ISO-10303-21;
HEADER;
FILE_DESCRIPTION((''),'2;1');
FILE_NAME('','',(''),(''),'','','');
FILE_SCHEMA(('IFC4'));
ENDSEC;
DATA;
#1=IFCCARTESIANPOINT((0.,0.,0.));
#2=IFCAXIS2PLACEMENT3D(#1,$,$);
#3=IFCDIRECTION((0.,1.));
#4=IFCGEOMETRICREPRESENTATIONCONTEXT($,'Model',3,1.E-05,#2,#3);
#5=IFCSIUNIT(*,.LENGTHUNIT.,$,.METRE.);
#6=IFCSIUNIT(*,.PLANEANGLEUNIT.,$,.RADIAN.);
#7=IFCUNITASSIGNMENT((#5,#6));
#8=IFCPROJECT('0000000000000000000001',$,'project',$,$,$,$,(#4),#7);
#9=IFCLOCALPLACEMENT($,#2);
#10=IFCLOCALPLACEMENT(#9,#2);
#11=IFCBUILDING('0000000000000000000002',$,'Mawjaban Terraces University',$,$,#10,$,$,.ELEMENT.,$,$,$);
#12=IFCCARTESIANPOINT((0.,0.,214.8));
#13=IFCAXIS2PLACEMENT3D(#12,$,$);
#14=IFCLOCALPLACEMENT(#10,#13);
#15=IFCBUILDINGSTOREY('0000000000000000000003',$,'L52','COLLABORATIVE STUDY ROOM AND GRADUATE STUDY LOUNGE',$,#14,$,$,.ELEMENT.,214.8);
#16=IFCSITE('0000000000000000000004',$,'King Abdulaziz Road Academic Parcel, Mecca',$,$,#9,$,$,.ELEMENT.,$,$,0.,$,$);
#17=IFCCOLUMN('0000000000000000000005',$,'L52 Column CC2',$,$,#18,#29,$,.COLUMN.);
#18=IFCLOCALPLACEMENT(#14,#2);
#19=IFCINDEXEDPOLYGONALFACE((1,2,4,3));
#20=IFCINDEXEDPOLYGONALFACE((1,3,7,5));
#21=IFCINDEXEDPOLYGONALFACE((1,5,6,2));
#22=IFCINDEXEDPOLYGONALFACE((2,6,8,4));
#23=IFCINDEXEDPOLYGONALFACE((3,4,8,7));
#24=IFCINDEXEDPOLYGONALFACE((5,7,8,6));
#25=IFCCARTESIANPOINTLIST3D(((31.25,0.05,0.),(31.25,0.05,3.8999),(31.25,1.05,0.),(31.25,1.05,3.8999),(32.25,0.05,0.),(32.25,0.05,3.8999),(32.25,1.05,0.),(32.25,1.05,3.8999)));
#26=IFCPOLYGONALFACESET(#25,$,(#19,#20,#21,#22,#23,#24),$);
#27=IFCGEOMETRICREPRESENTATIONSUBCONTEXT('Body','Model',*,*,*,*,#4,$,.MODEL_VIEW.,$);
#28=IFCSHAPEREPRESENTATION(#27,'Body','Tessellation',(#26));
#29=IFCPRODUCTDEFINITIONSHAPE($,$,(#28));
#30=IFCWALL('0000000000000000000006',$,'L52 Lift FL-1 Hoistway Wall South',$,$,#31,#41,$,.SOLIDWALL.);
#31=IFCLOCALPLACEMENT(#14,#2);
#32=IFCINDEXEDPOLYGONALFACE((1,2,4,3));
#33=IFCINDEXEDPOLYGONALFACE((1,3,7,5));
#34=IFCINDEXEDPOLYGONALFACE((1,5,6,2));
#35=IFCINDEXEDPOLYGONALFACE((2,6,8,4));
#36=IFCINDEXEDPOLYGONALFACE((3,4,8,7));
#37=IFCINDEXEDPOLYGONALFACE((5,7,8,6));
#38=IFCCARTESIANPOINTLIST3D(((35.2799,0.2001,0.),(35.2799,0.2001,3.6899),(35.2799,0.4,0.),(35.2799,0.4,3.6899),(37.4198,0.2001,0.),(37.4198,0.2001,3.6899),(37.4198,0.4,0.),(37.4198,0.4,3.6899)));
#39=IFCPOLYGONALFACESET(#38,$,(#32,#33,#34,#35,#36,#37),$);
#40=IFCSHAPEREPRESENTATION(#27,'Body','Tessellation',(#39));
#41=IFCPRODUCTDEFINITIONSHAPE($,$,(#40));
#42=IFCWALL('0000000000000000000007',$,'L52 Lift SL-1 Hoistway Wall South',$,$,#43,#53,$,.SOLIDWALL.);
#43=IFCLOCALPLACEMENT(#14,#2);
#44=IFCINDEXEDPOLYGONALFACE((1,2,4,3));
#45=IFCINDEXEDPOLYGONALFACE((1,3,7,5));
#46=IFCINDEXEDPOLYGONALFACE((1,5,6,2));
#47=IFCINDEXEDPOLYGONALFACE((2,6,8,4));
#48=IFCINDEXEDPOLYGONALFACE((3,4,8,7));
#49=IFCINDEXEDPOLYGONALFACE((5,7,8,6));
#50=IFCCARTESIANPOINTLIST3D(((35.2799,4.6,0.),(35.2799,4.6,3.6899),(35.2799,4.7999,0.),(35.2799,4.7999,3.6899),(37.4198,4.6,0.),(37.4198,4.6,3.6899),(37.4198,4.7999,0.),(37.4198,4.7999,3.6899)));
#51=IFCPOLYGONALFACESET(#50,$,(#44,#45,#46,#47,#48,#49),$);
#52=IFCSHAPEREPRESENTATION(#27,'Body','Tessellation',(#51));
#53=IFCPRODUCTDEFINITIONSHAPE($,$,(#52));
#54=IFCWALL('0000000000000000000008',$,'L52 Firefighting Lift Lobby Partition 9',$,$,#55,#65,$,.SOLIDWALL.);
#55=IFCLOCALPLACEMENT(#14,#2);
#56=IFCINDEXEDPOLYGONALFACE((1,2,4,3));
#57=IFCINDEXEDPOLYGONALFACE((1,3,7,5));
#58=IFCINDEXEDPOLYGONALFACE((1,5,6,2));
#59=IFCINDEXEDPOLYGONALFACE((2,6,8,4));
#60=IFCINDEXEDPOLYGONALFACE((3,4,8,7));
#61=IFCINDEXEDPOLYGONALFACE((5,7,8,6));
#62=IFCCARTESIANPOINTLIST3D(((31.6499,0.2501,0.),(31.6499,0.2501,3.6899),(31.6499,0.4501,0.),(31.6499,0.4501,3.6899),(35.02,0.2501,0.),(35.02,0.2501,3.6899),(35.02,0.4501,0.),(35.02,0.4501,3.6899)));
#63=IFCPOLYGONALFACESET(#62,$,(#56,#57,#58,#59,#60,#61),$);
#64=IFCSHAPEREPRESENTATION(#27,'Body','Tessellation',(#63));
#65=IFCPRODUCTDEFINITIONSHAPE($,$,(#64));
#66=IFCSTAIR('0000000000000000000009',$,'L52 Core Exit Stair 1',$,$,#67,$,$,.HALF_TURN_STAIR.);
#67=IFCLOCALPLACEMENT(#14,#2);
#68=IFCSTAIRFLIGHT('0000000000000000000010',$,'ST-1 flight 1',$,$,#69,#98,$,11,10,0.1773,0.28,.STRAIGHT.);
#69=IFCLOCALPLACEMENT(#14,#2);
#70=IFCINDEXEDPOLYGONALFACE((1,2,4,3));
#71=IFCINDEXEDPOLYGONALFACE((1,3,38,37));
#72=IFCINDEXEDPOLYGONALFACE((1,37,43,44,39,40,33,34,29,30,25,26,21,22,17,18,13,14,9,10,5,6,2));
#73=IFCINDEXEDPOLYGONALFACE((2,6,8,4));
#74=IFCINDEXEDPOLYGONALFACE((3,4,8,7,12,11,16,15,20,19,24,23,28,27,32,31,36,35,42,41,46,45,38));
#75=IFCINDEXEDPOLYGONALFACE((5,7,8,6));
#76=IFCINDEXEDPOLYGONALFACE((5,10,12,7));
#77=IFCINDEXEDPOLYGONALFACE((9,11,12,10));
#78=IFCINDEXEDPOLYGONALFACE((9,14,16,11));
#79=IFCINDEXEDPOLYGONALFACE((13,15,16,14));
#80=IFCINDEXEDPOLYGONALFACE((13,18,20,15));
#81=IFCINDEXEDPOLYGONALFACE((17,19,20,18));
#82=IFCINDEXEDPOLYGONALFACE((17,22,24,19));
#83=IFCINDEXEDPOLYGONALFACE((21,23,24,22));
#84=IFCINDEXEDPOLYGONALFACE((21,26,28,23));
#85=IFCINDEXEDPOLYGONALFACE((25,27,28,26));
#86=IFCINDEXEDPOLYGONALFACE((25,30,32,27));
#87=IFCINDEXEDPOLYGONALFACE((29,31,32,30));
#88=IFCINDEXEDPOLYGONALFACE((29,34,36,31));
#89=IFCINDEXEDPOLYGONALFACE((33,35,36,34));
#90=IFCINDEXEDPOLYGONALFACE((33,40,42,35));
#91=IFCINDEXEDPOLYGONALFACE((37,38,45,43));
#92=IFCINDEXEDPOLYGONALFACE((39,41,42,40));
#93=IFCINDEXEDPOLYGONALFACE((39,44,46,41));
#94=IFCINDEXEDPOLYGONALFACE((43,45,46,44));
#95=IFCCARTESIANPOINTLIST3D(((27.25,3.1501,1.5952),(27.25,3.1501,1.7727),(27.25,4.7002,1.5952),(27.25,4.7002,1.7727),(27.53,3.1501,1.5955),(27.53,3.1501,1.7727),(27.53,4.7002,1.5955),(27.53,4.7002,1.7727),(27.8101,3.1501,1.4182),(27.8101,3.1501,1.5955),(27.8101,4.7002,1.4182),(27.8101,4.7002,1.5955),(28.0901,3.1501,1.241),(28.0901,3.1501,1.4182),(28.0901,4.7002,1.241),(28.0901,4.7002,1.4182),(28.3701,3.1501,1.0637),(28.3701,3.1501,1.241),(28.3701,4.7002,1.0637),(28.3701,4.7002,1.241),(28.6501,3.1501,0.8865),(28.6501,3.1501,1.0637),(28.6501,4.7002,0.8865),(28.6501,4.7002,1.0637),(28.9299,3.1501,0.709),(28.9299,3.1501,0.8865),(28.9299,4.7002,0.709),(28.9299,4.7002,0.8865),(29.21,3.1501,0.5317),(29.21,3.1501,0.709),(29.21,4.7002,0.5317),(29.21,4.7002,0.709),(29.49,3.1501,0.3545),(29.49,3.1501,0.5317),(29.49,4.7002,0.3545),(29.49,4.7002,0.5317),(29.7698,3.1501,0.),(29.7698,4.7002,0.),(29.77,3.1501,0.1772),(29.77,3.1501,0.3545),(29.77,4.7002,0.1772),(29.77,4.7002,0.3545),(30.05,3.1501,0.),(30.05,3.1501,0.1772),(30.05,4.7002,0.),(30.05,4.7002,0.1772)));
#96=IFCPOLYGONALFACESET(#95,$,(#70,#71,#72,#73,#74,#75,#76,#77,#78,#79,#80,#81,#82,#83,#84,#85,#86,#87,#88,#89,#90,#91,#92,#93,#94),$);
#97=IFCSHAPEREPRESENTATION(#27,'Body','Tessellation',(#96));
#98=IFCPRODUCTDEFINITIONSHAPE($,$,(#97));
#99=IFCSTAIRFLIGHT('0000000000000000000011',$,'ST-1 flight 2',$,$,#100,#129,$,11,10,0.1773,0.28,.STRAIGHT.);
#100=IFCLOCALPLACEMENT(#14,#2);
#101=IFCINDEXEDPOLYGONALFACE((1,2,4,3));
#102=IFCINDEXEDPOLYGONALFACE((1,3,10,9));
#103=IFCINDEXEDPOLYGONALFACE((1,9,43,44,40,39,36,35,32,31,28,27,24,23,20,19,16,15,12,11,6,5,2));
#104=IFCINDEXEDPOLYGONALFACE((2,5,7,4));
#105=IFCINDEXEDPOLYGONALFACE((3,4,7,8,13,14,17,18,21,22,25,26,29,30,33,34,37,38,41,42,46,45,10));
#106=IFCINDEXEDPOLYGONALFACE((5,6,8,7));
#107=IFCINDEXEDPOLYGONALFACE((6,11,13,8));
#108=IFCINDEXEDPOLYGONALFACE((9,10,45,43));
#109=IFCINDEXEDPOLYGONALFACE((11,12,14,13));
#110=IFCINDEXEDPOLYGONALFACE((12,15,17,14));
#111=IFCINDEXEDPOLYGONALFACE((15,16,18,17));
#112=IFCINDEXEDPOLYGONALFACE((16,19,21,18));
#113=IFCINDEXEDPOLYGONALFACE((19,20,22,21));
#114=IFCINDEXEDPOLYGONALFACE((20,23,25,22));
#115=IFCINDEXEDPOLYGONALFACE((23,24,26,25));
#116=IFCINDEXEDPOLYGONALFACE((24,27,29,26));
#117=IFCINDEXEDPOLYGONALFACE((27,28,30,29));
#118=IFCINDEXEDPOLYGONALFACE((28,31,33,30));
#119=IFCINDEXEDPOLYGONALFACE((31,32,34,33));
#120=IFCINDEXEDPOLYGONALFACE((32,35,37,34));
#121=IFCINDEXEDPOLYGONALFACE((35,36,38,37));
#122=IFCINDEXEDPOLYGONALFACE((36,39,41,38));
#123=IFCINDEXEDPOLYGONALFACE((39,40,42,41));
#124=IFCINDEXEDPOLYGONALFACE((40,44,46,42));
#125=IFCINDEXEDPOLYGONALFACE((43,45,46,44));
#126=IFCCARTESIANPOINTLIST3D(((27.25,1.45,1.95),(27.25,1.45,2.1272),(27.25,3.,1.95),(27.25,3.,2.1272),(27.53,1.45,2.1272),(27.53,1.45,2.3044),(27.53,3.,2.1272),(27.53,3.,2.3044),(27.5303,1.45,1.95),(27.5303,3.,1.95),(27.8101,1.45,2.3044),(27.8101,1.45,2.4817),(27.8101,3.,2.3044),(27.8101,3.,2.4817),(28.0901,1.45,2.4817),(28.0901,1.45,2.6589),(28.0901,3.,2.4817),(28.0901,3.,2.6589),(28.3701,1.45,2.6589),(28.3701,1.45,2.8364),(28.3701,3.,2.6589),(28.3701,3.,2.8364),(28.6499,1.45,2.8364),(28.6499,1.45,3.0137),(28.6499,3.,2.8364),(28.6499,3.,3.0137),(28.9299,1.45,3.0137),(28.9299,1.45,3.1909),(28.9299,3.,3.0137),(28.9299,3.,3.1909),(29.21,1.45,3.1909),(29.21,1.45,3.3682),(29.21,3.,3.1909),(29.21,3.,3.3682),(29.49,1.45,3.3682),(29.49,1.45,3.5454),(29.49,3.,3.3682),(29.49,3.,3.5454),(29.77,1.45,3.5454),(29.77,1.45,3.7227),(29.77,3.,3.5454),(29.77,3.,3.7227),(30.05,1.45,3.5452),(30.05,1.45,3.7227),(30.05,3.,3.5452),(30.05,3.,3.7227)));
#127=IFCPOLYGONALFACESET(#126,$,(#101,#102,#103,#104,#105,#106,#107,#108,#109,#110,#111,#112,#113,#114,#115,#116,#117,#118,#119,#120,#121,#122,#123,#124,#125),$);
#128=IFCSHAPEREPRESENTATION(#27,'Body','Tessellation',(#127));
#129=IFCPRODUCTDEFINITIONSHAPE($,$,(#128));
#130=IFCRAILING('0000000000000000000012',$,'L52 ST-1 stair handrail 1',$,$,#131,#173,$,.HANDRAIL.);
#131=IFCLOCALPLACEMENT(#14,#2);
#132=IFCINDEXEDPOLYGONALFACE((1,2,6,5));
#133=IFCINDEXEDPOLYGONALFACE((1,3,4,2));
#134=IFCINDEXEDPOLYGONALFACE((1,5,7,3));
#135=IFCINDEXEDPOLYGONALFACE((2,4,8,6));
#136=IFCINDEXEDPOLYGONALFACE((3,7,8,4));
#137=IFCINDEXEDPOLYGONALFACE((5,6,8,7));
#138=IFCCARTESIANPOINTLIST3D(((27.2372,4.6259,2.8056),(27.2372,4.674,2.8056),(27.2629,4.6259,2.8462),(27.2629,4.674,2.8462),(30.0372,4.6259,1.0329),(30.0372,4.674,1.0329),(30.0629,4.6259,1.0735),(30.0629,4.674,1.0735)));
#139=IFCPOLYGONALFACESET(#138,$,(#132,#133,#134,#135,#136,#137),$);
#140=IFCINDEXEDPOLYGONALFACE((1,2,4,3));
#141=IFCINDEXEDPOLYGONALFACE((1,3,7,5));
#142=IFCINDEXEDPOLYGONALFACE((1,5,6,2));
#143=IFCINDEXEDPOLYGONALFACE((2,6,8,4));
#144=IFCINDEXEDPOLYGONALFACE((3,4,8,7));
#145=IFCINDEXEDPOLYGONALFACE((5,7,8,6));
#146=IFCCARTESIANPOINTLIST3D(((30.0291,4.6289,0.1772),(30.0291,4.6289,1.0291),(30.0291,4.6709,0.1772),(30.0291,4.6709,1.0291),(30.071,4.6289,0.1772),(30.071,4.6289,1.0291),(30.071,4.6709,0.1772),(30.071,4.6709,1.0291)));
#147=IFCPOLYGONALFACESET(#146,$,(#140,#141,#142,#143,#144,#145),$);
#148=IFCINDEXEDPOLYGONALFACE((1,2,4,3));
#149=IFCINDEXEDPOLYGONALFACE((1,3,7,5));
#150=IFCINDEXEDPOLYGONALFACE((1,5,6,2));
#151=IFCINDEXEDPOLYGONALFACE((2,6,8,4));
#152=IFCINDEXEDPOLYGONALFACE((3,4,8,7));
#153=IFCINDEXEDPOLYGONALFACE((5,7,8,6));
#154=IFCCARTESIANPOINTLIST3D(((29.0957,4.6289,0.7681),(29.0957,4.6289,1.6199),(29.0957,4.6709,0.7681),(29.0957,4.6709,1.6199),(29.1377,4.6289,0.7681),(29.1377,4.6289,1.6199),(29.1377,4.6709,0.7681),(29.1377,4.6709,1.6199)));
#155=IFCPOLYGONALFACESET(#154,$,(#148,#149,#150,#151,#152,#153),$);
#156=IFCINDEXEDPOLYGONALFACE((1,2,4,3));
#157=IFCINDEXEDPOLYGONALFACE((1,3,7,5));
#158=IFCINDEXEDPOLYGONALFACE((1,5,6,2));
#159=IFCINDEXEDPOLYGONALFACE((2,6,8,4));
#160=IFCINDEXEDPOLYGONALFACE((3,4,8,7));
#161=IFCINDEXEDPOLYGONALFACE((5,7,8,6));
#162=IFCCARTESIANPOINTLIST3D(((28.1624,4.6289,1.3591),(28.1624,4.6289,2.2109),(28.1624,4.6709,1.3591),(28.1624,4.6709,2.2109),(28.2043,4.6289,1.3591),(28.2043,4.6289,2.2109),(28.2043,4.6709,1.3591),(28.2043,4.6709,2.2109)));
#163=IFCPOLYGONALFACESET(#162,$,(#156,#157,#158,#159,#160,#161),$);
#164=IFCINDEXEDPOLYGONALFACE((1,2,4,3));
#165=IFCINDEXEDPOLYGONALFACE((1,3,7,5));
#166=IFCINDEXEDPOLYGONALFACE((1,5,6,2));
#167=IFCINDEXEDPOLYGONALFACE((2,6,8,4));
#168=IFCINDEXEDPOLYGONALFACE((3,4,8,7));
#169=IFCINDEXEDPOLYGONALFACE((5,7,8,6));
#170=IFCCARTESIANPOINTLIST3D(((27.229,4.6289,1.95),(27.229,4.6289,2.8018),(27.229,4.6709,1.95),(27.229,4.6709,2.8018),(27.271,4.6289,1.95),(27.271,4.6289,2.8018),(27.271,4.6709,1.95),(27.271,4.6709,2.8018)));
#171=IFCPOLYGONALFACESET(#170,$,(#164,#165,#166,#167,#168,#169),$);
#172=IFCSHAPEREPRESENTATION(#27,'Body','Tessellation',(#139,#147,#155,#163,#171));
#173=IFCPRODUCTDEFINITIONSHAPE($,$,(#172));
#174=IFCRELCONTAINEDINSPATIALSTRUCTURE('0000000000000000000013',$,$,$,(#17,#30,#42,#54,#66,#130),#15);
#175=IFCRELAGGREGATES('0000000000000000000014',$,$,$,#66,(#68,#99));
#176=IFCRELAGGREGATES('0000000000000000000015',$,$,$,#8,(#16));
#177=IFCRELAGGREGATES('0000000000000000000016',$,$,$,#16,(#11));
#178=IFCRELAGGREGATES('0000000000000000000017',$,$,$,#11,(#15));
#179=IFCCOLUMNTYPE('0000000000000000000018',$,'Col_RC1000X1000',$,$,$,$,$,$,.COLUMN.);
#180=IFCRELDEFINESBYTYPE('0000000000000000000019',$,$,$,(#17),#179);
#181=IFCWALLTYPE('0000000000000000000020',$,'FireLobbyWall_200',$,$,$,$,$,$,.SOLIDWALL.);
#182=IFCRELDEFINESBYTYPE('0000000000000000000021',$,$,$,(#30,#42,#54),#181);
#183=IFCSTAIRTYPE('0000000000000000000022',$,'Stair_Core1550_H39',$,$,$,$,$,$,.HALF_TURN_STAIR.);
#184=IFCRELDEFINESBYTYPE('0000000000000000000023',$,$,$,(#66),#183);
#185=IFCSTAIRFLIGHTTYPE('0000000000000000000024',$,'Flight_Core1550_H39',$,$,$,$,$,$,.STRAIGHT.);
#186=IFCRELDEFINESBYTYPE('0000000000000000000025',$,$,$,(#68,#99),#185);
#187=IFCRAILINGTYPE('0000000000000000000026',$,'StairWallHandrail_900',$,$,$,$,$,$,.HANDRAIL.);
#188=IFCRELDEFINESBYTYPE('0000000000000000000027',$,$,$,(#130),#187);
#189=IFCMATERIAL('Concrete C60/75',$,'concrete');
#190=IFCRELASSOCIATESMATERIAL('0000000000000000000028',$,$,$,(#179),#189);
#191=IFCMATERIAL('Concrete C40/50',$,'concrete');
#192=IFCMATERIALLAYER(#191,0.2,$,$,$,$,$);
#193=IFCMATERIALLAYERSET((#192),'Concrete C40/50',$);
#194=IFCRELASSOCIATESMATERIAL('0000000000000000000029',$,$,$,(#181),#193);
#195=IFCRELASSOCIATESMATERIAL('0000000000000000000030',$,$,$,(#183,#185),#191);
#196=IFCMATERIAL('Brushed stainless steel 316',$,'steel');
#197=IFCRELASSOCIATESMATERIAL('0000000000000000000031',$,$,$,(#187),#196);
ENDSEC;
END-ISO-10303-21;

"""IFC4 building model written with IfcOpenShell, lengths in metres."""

from ifc_helpers import new_model, si_unit, direction, frame, frame_2d, origin, origin_2d, place, context, subcontext, project, spatial, polyline, rectangle, outline, extrude, material, layer, layer_set, material_profile, profile_set, type_object, element, aggregate, save


model = new_model("IFC4")

# Units and contexts
model_context = context("Model", 3, precision=1e-05, world=origin(), true_north=direction((0.0, 1.0)))
body_context = subcontext(model_context, "Body", "Model", "MODEL_VIEW")
ifc_project = project(units=[si_unit("LENGTHUNIT", "METRE"), si_unit("PLANEANGLEUNIT", "RADIAN")], contexts=[model_context])

# Site, building, storey
site_placement = place(None, origin())
site = spatial("IfcSite", under=ifc_project, at=site_placement, Name="King Abdulaziz Road Academic Parcel, Mecca", CompositionType="ELEMENT", RefElevation=0.0)
building_placement = place(site_placement, origin())
building = spatial("IfcBuilding", under=site, at=building_placement, Name="Mawjaban Terraces University", CompositionType="ELEMENT")
storey_placement = place(building_placement, frame((0.0, 0.0, 214.8)))
storey = spatial("IfcBuildingStorey", under=building, at=storey_placement, Name="L52", Description="COLLABORATIVE STUDY ROOM AND GRADUATE STUDY LOUNGE", CompositionType="ELEMENT", Elevation=214.8)

# Column
ifc_material_1 = material(Name="Concrete C60/75", Category="concrete")
ifc_material_profile = material_profile(ifc_material_1, rectangle(XDim=1.0, YDim=1.0, at=origin_2d()), Name="RC1000X1000")
ifc_profile_set = profile_set([ifc_material_profile], Name="Concrete C60/75")
column_type = type_object("IfcColumnType", Name="Col_RC1000X1000", PredefinedType="COLUMN", material=ifc_profile_set)
column_placement = place(storey_placement, frame((31.75, 0.55, 0.0), z_axis=(0.0, 0.0, 1.0), x_axis=(1.0, 0.0, 0.0)))
element("IfcColumn", 1, at=column_placement, inside=storey, type_object=column_type, Name="L52 Column CC2", PredefinedType="COLUMN", context=body_context, shape_type="SweptSolid", body=[
    extrude(rectangle(XDim=1.0, YDim=1.0, at=origin_2d()), origin(), (0.0, 0.0, 1.0), 3.8999),
])

# Shared definitions
ifc_material_2 = material(Name="Concrete C40/50", Category="concrete")
ifc_layer_1 = layer(ifc_material_2, 0.2)
ifc_layer_set_1 = layer_set([ifc_layer_1], Name="Concrete C40/50")
wall_type_1 = type_object("IfcWallType", Name="FireLobbyWall_200", PredefinedType="SOLIDWALL", material=ifc_layer_set_1)

# Wall
wall_1_placement = place(storey_placement, frame((35.28, 0.3, 0.0), z_axis=(0.0, 0.0, 1.0), x_axis=(1.0, 0.0, 0.0)))
element("IfcWall", 2, at=wall_1_placement, inside=storey, type_object=wall_type_1, Name="L52 Lift FL-1 Hoistway Wall South", PredefinedType="SOLIDWALL", context=body_context, shape_type="SweptSolid", body=[
    extrude(rectangle(XDim=2.1399, YDim=0.2, at=frame_2d((1.0698, 0.0))), origin(), (0.0, 0.0, 1.0), 3.6899),
])

# Walls
wall_2_placement = place(storey_placement, frame((35.28, 4.7, 0.0), z_axis=(0.0, 0.0, 1.0), x_axis=(1.0, 0.0, 0.0)))
element("IfcWall", 3, at=wall_2_placement, inside=storey, type_object=wall_type_1, Name="L52 Lift SL-1 Hoistway Wall South", PredefinedType="SOLIDWALL", context=body_context, shape_type="SweptSolid", body=[
    extrude(rectangle(XDim=2.1399, YDim=0.2, at=frame_2d((1.0698, 0.0))), origin(), (0.0, 0.0, 1.0), 3.6899),
])
wall_3_placement = place(storey_placement, frame((31.6499, 0.3501, 0.0), z_axis=(0.0, 0.0, 1.0), x_axis=(1.0, 0.0, 0.0)))
element("IfcWall", 4, at=wall_3_placement, inside=storey, type_object=wall_type_1, Name="L52 Firefighting Lift Lobby Partition 9", PredefinedType="SOLIDWALL", context=body_context, shape_type="SweptSolid", body=[
    extrude(rectangle(XDim=3.3701, YDim=0.2, at=frame_2d((1.6851, 0.0))), origin(), (0.0, 0.0, 1.0), 3.6899),
])

# Stair, stair flights
stair_type = type_object("IfcStairType", Name="Stair_Core1550_H39", PredefinedType="HALF_TURN_STAIR", material=ifc_material_2)
stair_placement = place(storey_placement, origin())
stair = element("IfcStair", 5, at=stair_placement, inside=storey, type_object=stair_type, Name="L52 Core Exit Stair 1", PredefinedType="HALF_TURN_STAIR")
stair_flight_type = type_object("IfcStairFlightType", Name="Flight_Core1550_H39", PredefinedType="STRAIGHT", material=ifc_material_2)
stair_flight_1_placement = place(storey_placement, frame((30.05, 3.925, 0.0), z_axis=(0.0, 0.0, 1.0), x_axis=(-1.0, 0.0, 0.0)))
stair_flight_1 = element("IfcStairFlight", 6, at=stair_flight_1_placement, type_object=stair_flight_type, Name="ST-1 flight 1", NumberOfRisers=11, NumberOfTreads=10, PredefinedType="STRAIGHT", RiserHeight=0.1773, TreadLength=0.28, context=body_context, shape_type="SweptSolid", body=[
    extrude(outline(polyline([(0.0, 0.0), (0.0, 0.1772), (0.28, 0.1772), (0.28, 0.3545), (0.5601, 0.3545), (0.5601, 0.5317), (0.8401, 0.5317), (0.8401, 0.709), (1.1201, 0.709), (1.1201, 0.8865), (1.3999, 0.8865), (1.3999, 1.0637), (1.6799, 1.0637), (1.6799, 1.241), (1.96, 1.241), (1.96, 1.4182), (2.24, 1.4182), (2.24, 1.5955), (2.52, 1.5955), (2.52, 1.7727), (2.8, 1.7727), (2.8, 1.95), (2.8, 1.5952), (0.2803, 0.0), (0.0, 0.0)])), frame((0.0, 0.7749, 0.0), z_axis=(0.0, -1.0, 0.0), x_axis=(1.0, 0.0, 0.0)), (0.0, 0.0, 1.0), 1.55),
])
stair_flight_2_placement = place(storey_placement, frame((27.25, 2.2251, 1.95), z_axis=(0.0, 0.0, 1.0), x_axis=(1.0, 0.0, 0.0)))
stair_flight_2 = element("IfcStairFlight", 7, at=stair_flight_2_placement, type_object=stair_flight_type, Name="ST-1 flight 2", NumberOfRisers=11, NumberOfTreads=10, PredefinedType="STRAIGHT", RiserHeight=0.1773, TreadLength=0.28, context=body_context, shape_type="SweptSolid", body=[
    extrude(outline(polyline([(0.0, 0.0), (0.0, 0.1772), (0.28, 0.1772), (0.28, 0.3545), (0.5601, 0.3545), (0.5601, 0.5317), (0.8401, 0.5317), (0.8401, 0.709), (1.1201, 0.709), (1.1201, 0.8865), (1.3999, 0.8865), (1.3999, 1.0637), (1.6799, 1.0637), (1.6799, 1.241), (1.96, 1.241), (1.96, 1.4182), (2.24, 1.4182), (2.24, 1.5955), (2.52, 1.5955), (2.52, 1.7727), (2.8, 1.7727), (2.8, 1.95), (2.8, 1.5952), (0.2803, 0.0), (0.0, 0.0)])), frame((0.0, 0.7749, 0.0), z_axis=(0.0, -1.0, 0.0), x_axis=(1.0, 0.0, 0.0)), (0.0, 0.0, 1.0), 1.55),
])
aggregate(stair, [stair_flight_1, stair_flight_2])

# Railing
ifc_material_3 = material(Name="Brushed stainless steel 316", Category="steel")
railing_type_1 = type_object("IfcRailingType", Name="StairWallHandrail_900", PredefinedType="HANDRAIL", material=ifc_material_3)
railing_1_placement = place(storey_placement, frame((30.05, 4.6499, 0.1772)))
element("IfcRailing", 8, at=railing_1_placement, inside=storey, type_object=railing_type_1, Name="L52 ST-1 stair handrail 1", PredefinedType="HANDRAIL", context=body_context, shape_type="SweptSolid", body=[
    extrude(rectangle(XDim=0.0481, YDim=0.0481, at=origin_2d()), frame((0.0, 0.0, 0.876), z_axis=(-0.844909, 0.0, 0.53491), x_axis=(0.0, -1.0, 0.0)), (0.0, 0.0, 1.0), 3.314),
    extrude(rectangle(XDim=0.042, YDim=0.042, at=origin_2d()), origin(), (0.0, 0.0, 1.0), 0.8518),
    extrude(rectangle(XDim=0.042, YDim=0.042, at=origin_2d()), frame((-0.9333, 0.0, 0.5908)), (0.0, 0.0, 1.0), 0.8518),
    extrude(rectangle(XDim=0.042, YDim=0.042, at=origin_2d()), frame((-1.8667, 0.0, 1.1819)), (0.0, 0.0, 1.0), 0.8518),
    extrude(rectangle(XDim=0.042, YDim=0.042, at=origin_2d()), frame((-2.8, 0.0, 1.7727)), (0.0, 0.0, 1.0), 0.8518),
])

save(model, "model.ifc")
